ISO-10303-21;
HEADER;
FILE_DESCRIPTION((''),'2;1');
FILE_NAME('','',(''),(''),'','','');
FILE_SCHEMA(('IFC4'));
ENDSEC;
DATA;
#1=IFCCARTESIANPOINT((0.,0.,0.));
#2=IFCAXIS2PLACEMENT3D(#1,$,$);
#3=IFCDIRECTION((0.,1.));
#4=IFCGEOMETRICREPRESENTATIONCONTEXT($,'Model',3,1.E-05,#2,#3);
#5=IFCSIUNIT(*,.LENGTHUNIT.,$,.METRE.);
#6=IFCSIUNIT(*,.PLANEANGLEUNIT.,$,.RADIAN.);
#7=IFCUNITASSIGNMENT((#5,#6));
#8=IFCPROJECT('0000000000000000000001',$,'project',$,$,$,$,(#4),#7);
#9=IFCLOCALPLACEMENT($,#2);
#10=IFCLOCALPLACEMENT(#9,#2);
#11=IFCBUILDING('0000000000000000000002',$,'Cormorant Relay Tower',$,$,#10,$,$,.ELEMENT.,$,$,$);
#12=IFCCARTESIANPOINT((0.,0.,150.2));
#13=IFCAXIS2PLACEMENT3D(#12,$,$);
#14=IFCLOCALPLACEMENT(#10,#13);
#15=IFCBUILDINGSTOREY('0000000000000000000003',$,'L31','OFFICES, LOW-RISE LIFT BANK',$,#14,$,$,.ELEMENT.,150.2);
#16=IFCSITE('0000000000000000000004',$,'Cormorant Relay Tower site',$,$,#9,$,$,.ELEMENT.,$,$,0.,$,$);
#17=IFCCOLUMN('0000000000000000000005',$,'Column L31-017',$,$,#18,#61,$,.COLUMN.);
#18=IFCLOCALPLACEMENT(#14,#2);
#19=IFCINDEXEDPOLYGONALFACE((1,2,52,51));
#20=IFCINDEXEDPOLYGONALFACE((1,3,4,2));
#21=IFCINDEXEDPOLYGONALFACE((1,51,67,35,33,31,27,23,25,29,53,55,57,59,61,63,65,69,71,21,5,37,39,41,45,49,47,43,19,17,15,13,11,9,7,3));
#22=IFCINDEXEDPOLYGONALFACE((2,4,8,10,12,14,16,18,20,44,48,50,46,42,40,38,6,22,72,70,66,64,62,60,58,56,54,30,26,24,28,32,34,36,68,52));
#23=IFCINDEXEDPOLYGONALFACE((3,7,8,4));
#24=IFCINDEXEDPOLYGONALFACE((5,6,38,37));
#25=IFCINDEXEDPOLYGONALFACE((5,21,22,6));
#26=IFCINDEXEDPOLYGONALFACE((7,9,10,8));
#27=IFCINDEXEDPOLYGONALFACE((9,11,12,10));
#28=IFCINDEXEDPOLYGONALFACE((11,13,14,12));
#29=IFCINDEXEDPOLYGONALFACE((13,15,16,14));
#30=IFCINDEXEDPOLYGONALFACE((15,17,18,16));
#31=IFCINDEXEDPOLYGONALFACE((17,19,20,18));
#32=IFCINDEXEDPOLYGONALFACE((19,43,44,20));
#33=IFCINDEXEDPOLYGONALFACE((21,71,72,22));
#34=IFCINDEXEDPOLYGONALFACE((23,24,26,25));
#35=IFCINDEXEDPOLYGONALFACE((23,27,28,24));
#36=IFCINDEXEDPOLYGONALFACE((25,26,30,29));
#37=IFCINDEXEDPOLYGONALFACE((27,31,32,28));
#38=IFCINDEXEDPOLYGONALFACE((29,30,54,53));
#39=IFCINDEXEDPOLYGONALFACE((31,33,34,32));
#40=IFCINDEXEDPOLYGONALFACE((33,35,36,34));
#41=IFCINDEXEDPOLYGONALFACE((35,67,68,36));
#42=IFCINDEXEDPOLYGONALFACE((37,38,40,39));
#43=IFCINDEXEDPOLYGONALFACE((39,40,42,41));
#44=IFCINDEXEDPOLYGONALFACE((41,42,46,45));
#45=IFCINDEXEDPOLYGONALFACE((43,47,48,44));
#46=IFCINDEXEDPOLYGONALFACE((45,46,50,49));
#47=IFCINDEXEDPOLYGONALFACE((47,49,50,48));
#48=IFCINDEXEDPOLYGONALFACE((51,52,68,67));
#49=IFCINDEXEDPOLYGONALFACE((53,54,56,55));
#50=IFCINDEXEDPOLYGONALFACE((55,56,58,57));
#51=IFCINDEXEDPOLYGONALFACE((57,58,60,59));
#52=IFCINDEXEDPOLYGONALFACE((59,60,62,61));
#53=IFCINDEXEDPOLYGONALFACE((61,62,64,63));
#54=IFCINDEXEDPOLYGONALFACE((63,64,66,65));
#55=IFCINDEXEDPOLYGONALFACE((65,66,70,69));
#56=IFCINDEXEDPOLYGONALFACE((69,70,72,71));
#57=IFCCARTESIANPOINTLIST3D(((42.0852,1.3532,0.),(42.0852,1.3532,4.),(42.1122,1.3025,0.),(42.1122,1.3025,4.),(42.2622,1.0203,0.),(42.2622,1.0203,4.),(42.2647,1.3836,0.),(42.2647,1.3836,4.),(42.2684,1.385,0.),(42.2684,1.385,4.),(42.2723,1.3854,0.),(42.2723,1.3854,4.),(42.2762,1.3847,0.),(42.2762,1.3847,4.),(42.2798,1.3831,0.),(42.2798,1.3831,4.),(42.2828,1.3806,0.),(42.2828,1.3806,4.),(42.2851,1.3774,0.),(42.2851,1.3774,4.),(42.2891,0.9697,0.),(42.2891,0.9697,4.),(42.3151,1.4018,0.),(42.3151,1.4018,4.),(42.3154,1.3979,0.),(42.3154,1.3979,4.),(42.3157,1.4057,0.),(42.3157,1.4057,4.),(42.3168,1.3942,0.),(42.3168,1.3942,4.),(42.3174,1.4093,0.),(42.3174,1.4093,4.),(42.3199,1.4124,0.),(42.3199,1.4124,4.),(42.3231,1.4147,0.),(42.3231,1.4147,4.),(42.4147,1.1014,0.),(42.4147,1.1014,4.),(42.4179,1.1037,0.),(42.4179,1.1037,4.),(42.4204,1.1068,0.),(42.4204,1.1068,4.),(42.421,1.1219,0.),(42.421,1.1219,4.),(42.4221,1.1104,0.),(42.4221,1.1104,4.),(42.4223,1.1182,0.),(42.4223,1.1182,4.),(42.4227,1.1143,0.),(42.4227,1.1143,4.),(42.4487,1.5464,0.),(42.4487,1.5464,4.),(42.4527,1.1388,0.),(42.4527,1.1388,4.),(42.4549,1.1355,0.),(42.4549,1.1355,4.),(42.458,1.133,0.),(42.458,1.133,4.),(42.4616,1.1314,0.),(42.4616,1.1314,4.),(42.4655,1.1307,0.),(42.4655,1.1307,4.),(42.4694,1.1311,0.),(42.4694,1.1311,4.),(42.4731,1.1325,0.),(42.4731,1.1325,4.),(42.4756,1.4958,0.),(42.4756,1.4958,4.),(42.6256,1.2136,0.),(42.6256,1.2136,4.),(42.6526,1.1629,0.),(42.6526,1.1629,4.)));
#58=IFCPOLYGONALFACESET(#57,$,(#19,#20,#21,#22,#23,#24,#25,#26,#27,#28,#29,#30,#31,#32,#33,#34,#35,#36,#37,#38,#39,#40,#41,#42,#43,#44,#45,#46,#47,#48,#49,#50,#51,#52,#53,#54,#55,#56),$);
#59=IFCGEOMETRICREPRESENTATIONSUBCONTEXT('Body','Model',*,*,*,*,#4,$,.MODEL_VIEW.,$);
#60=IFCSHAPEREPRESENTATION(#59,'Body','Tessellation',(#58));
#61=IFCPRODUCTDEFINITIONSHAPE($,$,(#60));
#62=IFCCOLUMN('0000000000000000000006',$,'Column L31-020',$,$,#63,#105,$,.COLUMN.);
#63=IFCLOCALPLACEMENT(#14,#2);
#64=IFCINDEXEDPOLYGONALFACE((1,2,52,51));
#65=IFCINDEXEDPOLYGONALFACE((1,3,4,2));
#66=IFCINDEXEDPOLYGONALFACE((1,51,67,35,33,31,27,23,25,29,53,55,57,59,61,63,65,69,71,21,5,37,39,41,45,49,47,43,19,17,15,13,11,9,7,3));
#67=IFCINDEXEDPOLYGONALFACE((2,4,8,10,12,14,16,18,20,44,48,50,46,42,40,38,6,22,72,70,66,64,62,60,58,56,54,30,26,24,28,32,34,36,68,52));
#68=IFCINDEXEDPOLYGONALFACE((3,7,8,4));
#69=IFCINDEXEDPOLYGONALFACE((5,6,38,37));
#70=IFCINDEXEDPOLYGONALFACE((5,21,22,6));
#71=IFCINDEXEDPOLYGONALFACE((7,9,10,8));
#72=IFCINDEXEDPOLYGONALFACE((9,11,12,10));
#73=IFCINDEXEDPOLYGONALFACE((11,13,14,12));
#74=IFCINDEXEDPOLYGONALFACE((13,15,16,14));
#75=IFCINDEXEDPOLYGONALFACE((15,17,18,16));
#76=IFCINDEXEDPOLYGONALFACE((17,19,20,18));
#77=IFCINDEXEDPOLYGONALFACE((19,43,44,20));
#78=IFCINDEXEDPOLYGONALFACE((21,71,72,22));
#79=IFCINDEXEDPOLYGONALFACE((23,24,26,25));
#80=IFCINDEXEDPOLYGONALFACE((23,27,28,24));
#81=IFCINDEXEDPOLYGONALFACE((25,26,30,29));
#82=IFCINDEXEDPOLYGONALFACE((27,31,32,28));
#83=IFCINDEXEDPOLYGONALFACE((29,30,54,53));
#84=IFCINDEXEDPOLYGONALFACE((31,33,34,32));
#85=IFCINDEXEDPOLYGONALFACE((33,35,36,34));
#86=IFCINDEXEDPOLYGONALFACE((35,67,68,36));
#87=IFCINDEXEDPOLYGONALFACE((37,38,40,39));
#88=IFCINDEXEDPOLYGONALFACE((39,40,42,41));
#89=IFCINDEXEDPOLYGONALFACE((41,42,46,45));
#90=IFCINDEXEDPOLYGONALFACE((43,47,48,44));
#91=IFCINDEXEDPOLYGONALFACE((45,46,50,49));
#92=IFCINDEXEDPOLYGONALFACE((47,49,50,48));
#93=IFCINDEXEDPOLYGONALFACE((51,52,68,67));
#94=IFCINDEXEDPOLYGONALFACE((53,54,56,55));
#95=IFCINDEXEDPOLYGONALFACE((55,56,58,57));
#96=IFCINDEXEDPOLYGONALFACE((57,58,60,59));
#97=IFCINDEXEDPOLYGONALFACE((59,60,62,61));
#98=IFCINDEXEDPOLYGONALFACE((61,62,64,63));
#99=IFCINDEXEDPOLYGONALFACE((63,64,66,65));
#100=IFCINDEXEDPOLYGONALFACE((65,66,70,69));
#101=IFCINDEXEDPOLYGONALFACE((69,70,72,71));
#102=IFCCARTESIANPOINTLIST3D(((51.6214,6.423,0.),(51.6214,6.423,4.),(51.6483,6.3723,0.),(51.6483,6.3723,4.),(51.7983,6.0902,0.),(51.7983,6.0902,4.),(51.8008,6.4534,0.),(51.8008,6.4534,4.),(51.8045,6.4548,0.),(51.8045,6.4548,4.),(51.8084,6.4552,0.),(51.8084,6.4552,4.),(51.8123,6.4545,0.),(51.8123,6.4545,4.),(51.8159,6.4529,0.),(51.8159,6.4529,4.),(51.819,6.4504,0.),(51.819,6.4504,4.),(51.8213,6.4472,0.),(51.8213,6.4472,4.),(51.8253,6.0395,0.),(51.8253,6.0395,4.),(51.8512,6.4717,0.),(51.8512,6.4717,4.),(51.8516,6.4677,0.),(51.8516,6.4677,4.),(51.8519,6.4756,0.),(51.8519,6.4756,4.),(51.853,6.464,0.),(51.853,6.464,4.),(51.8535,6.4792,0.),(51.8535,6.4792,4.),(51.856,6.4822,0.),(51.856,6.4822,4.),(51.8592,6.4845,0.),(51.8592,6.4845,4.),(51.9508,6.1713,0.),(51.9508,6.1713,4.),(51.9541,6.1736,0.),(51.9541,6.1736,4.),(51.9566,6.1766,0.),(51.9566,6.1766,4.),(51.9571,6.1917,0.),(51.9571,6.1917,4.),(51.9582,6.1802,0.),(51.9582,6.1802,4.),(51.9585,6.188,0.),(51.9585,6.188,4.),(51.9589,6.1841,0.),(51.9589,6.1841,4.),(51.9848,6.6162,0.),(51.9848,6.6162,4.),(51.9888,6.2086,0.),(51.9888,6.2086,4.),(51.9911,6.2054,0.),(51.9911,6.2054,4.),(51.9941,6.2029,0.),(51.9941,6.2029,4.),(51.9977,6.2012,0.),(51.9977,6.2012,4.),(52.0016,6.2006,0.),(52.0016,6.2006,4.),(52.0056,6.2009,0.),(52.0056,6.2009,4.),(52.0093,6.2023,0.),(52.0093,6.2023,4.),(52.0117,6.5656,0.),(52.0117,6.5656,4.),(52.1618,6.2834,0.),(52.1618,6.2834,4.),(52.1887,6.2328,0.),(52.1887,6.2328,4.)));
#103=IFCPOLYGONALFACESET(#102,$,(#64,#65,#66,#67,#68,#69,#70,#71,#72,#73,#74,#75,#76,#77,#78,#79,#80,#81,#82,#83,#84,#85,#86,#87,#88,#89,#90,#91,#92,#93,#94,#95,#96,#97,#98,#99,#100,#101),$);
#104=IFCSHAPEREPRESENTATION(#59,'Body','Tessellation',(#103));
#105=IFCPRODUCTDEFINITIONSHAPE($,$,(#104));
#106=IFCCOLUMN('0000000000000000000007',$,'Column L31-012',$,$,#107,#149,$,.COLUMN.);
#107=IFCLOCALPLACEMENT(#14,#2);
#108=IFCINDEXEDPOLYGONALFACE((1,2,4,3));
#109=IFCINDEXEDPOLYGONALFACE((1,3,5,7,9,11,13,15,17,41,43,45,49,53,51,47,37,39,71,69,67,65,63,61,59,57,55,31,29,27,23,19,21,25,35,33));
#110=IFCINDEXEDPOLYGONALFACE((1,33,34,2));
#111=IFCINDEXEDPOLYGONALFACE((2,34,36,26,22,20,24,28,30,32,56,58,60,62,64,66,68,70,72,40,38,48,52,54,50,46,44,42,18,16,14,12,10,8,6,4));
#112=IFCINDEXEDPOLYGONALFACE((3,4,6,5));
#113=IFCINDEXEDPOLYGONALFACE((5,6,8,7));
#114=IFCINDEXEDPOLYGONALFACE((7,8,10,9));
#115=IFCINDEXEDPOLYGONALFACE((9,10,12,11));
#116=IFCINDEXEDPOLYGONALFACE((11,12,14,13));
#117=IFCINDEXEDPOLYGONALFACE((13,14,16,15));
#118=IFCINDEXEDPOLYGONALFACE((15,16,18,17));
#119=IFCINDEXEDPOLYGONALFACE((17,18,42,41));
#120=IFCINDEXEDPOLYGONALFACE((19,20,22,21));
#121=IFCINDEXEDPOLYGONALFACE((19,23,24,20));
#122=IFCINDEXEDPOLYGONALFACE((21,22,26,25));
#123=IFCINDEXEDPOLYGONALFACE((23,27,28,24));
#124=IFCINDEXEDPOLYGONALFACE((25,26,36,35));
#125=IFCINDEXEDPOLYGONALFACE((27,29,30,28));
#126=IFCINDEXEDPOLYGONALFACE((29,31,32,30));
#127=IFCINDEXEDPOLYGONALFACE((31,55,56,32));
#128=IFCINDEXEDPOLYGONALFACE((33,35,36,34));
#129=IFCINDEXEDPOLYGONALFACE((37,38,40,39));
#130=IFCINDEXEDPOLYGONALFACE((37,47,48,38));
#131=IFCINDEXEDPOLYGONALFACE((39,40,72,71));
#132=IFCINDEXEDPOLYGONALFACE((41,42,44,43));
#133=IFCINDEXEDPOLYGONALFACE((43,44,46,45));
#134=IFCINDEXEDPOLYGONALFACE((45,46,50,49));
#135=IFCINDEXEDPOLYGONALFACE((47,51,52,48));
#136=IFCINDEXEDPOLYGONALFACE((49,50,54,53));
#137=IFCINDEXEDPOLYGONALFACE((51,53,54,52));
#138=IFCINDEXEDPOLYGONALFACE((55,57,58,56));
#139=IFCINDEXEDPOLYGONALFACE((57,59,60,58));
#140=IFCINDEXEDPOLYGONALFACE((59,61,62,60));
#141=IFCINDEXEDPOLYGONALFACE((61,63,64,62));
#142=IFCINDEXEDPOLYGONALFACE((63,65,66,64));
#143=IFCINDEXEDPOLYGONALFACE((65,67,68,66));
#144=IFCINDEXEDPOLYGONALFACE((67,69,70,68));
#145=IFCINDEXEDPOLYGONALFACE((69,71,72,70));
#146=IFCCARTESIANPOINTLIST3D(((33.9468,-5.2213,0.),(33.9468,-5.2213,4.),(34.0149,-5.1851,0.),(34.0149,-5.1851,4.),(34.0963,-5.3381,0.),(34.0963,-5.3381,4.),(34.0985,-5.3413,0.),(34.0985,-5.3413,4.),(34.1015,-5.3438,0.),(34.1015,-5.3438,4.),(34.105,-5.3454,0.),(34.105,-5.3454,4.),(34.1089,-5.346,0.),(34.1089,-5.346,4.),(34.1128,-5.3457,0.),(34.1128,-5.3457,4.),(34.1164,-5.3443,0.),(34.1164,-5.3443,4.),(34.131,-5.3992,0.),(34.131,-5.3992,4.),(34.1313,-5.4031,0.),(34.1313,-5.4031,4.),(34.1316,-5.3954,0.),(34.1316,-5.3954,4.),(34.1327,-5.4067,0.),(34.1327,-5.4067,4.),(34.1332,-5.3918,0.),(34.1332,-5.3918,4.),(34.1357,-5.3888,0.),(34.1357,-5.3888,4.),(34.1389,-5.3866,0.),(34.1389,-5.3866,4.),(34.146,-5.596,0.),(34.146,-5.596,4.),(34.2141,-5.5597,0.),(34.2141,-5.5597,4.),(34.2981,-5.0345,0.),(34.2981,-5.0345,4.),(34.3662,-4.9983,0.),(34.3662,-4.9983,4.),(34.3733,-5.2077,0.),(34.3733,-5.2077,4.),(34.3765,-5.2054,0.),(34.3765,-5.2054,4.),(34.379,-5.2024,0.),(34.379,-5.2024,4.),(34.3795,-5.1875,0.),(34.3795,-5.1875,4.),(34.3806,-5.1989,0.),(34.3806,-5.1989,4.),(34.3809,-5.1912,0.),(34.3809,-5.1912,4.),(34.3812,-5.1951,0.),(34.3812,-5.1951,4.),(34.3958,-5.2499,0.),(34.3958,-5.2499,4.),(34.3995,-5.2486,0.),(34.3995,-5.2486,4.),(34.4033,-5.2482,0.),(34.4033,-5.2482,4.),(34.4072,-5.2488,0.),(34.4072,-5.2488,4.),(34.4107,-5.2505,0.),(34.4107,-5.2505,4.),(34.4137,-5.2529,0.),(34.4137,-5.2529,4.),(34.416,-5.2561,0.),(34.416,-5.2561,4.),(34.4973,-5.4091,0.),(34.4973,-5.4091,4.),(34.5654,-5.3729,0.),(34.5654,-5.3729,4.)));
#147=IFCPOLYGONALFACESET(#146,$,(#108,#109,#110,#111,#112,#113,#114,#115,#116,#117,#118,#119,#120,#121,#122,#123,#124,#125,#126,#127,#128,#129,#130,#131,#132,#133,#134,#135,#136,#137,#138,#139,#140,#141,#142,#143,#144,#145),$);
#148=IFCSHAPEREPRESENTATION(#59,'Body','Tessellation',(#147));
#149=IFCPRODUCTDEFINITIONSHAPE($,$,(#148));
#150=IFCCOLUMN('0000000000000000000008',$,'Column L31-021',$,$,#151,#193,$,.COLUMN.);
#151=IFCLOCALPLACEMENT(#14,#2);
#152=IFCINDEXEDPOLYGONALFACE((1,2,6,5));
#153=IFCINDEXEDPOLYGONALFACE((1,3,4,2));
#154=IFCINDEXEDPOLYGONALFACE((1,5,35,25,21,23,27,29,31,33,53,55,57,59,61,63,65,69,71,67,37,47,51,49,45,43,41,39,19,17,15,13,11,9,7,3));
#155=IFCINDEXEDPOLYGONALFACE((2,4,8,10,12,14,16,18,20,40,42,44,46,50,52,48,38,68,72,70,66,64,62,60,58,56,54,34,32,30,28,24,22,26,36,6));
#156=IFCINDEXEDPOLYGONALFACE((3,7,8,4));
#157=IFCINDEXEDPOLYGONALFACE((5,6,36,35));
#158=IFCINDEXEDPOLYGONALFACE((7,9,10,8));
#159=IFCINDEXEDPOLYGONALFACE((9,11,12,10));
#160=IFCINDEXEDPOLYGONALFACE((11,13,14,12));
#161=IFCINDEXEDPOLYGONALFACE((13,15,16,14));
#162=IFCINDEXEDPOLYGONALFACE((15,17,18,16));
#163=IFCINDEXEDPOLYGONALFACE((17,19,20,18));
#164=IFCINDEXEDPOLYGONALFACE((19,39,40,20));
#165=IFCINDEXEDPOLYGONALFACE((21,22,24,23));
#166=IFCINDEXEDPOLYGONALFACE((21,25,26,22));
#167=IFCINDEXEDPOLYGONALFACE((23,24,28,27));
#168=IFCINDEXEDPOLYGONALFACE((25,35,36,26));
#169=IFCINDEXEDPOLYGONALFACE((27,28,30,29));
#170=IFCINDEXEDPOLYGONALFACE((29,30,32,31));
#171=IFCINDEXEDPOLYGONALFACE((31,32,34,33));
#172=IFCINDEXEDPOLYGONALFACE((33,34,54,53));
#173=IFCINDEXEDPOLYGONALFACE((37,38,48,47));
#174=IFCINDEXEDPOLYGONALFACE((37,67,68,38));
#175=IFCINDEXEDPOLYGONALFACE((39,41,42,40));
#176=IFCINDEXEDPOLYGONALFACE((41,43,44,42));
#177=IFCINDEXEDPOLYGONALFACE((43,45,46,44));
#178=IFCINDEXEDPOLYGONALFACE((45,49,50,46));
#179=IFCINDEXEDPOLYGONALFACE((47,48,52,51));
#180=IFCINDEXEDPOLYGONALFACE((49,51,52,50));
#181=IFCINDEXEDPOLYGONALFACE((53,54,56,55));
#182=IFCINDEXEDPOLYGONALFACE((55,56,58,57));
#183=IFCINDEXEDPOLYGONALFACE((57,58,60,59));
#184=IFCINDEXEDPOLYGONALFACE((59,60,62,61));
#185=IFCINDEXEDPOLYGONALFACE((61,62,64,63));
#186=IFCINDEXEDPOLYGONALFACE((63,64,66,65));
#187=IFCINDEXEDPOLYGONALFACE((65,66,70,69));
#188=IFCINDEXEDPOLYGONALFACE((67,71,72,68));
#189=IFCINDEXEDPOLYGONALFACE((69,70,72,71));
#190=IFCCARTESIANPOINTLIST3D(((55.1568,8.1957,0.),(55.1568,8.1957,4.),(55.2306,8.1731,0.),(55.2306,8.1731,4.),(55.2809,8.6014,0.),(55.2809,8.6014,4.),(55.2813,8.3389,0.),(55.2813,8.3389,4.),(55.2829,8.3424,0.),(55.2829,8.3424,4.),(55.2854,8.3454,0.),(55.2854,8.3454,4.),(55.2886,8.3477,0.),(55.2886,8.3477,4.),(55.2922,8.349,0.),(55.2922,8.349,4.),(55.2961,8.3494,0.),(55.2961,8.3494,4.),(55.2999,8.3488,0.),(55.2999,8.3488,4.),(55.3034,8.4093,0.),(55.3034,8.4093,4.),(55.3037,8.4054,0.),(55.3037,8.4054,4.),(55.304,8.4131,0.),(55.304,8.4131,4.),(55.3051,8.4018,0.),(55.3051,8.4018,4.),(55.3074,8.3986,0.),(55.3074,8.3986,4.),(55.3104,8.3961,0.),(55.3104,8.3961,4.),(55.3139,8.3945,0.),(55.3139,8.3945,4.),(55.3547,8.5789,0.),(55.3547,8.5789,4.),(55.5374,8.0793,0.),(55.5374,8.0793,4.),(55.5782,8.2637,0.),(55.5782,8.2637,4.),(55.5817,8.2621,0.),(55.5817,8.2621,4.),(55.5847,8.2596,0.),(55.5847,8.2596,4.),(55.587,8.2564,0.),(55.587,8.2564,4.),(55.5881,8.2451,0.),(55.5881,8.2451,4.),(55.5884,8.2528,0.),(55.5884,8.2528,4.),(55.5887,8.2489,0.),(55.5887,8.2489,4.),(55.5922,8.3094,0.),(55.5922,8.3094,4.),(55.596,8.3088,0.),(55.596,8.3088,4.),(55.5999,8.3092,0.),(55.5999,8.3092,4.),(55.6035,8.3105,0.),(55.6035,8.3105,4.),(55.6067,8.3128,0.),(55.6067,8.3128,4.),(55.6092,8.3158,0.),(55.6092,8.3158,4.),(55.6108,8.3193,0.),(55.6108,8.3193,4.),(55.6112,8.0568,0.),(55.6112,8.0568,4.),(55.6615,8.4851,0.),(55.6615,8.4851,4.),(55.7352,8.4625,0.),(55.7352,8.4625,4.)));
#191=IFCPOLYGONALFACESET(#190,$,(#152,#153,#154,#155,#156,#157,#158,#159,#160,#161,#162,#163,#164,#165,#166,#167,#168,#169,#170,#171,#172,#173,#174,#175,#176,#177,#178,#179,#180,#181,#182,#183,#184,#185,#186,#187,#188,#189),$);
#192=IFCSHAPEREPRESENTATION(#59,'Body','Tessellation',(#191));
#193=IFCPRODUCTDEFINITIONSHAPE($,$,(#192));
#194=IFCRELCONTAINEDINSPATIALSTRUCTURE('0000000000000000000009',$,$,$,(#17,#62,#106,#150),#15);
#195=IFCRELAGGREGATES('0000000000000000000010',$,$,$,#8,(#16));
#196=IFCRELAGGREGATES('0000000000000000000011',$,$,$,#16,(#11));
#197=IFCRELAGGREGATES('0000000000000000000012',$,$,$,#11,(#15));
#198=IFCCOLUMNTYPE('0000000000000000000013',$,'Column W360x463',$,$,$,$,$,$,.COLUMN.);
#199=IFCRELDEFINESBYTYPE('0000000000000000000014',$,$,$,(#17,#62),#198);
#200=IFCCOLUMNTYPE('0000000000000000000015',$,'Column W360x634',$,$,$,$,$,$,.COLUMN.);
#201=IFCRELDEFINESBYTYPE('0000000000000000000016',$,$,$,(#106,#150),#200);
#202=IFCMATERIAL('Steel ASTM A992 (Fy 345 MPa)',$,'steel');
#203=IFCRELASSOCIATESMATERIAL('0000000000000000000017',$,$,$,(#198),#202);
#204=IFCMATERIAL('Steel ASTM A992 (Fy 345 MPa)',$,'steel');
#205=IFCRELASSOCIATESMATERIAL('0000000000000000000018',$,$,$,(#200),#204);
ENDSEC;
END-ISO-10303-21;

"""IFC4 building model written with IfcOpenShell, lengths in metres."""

from ifc_helpers import new_model, si_unit, direction, frame, origin, origin_2d, place, context, subcontext, project, spatial, i_section, extrude, material, material_profile, profile_set, type_object, element, save


model = new_model("IFC4")

# Units and contexts
model_context = context("Model", 3, precision=1e-05, world=origin(), true_north=direction((0.0, 1.0)))
body_context = subcontext(model_context, "Body", "Model", "MODEL_VIEW")
ifc_project = project(units=[si_unit("LENGTHUNIT", "METRE"), si_unit("PLANEANGLEUNIT", "RADIAN")], contexts=[model_context])

# Site, building, storey
site_placement = place(None, origin())
site = spatial("IfcSite", under=ifc_project, at=site_placement, Name="Cormorant Relay Tower site", CompositionType="ELEMENT", RefElevation=0.0)
building_placement = place(site_placement, origin())
building = spatial("IfcBuilding", under=site, at=building_placement, Name="Cormorant Relay Tower", CompositionType="ELEMENT")
storey_placement = place(building_placement, frame((0.0, 0.0, 150.2)))
storey = spatial("IfcBuildingStorey", under=building, at=storey_placement, Name="L31", Description="OFFICES, LOW-RISE LIFT BANK", CompositionType="ELEMENT", Elevation=150.2)

# Columns
ifc_material_1 = material(Name="Steel ASTM A992 (Fy 345 MPa)", Category="steel")
ifc_material_profile_1 = material_profile(ifc_material_1, i_section(OverallWidth=0.4116, OverallDepth=0.4343, WebThickness=0.0359, FlangeThickness=0.0574, FilletRadius=0.0151, at=origin_2d()), Name="W360x463")
ifc_profile_set_1 = profile_set([ifc_material_profile_1], Name="Steel ASTM A992 (Fy 345 MPa)")
column_type_1 = type_object("IfcColumnType", Name="Column W360x463", PredefinedType="COLUMN", material=ifc_profile_set_1)
for number, where, z_axis, x_axis, name in (
    (1, (42.3689, 1.2581, 0.0), (0.0, 0.0, 1.0), (0.882948, 0.469472, 0.0), "Column L31-017"),
    (2, (51.905, 6.3279, 0.0), (0.0, 0.0, 1.0), (0.882948, 0.469472, 0.0), "Column L31-020"),
):
    element("IfcColumn", number, at=place(storey_placement, frame(where, z_axis=z_axis, x_axis=x_axis)), inside=storey, type_object=column_type_1, Name=name, PredefinedType="COLUMN", context=body_context, shape_type="SweptSolid", body=[
        extrude(i_section(OverallWidth=0.4116, OverallDepth=0.4343, WebThickness=0.0359, FlangeThickness=0.0574, FilletRadius=0.0151, at=origin_2d()), origin(), (0.0, 0.0, 1.0), 4.0),
    ])
ifc_material_2 = material(Name="Steel ASTM A992 (Fy 345 MPa)", Category="steel")
ifc_material_profile_2 = material_profile(ifc_material_2, i_section(OverallWidth=0.4243, OverallDepth=0.4751, WebThickness=0.0479, FlangeThickness=0.0771, FilletRadius=0.0149, at=origin_2d()), Name="W360x634")
ifc_profile_set_2 = profile_set([ifc_material_profile_2], Name="Steel ASTM A992 (Fy 345 MPa)")
column_type_2 = type_object("IfcColumnType", Name="Column W360x634", PredefinedType="COLUMN", material=ifc_profile_set_2)
for number, where, z_axis, x_axis, name in (
    (3, (34.2561, -5.2971, 0.0), (0.0, 0.0, 1.0), (-0.469472, 0.882948, 0.0), "Column L31-012"),
    (4, (55.446, 8.3291, 0.0), (0.0, 0.0, 1.0), (0.292372, 0.956305, 0.0), "Column L31-021"),
):
    element("IfcColumn", number, at=place(storey_placement, frame(where, z_axis=z_axis, x_axis=x_axis)), inside=storey, type_object=column_type_2, Name=name, PredefinedType="COLUMN", context=body_context, shape_type="SweptSolid", body=[
        extrude(i_section(OverallWidth=0.4243, OverallDepth=0.4751, WebThickness=0.0479, FlangeThickness=0.0771, FilletRadius=0.0149, at=origin_2d()), origin(), (0.0, 0.0, 1.0), 4.0),
    ])

save(model, "model.ifc")
